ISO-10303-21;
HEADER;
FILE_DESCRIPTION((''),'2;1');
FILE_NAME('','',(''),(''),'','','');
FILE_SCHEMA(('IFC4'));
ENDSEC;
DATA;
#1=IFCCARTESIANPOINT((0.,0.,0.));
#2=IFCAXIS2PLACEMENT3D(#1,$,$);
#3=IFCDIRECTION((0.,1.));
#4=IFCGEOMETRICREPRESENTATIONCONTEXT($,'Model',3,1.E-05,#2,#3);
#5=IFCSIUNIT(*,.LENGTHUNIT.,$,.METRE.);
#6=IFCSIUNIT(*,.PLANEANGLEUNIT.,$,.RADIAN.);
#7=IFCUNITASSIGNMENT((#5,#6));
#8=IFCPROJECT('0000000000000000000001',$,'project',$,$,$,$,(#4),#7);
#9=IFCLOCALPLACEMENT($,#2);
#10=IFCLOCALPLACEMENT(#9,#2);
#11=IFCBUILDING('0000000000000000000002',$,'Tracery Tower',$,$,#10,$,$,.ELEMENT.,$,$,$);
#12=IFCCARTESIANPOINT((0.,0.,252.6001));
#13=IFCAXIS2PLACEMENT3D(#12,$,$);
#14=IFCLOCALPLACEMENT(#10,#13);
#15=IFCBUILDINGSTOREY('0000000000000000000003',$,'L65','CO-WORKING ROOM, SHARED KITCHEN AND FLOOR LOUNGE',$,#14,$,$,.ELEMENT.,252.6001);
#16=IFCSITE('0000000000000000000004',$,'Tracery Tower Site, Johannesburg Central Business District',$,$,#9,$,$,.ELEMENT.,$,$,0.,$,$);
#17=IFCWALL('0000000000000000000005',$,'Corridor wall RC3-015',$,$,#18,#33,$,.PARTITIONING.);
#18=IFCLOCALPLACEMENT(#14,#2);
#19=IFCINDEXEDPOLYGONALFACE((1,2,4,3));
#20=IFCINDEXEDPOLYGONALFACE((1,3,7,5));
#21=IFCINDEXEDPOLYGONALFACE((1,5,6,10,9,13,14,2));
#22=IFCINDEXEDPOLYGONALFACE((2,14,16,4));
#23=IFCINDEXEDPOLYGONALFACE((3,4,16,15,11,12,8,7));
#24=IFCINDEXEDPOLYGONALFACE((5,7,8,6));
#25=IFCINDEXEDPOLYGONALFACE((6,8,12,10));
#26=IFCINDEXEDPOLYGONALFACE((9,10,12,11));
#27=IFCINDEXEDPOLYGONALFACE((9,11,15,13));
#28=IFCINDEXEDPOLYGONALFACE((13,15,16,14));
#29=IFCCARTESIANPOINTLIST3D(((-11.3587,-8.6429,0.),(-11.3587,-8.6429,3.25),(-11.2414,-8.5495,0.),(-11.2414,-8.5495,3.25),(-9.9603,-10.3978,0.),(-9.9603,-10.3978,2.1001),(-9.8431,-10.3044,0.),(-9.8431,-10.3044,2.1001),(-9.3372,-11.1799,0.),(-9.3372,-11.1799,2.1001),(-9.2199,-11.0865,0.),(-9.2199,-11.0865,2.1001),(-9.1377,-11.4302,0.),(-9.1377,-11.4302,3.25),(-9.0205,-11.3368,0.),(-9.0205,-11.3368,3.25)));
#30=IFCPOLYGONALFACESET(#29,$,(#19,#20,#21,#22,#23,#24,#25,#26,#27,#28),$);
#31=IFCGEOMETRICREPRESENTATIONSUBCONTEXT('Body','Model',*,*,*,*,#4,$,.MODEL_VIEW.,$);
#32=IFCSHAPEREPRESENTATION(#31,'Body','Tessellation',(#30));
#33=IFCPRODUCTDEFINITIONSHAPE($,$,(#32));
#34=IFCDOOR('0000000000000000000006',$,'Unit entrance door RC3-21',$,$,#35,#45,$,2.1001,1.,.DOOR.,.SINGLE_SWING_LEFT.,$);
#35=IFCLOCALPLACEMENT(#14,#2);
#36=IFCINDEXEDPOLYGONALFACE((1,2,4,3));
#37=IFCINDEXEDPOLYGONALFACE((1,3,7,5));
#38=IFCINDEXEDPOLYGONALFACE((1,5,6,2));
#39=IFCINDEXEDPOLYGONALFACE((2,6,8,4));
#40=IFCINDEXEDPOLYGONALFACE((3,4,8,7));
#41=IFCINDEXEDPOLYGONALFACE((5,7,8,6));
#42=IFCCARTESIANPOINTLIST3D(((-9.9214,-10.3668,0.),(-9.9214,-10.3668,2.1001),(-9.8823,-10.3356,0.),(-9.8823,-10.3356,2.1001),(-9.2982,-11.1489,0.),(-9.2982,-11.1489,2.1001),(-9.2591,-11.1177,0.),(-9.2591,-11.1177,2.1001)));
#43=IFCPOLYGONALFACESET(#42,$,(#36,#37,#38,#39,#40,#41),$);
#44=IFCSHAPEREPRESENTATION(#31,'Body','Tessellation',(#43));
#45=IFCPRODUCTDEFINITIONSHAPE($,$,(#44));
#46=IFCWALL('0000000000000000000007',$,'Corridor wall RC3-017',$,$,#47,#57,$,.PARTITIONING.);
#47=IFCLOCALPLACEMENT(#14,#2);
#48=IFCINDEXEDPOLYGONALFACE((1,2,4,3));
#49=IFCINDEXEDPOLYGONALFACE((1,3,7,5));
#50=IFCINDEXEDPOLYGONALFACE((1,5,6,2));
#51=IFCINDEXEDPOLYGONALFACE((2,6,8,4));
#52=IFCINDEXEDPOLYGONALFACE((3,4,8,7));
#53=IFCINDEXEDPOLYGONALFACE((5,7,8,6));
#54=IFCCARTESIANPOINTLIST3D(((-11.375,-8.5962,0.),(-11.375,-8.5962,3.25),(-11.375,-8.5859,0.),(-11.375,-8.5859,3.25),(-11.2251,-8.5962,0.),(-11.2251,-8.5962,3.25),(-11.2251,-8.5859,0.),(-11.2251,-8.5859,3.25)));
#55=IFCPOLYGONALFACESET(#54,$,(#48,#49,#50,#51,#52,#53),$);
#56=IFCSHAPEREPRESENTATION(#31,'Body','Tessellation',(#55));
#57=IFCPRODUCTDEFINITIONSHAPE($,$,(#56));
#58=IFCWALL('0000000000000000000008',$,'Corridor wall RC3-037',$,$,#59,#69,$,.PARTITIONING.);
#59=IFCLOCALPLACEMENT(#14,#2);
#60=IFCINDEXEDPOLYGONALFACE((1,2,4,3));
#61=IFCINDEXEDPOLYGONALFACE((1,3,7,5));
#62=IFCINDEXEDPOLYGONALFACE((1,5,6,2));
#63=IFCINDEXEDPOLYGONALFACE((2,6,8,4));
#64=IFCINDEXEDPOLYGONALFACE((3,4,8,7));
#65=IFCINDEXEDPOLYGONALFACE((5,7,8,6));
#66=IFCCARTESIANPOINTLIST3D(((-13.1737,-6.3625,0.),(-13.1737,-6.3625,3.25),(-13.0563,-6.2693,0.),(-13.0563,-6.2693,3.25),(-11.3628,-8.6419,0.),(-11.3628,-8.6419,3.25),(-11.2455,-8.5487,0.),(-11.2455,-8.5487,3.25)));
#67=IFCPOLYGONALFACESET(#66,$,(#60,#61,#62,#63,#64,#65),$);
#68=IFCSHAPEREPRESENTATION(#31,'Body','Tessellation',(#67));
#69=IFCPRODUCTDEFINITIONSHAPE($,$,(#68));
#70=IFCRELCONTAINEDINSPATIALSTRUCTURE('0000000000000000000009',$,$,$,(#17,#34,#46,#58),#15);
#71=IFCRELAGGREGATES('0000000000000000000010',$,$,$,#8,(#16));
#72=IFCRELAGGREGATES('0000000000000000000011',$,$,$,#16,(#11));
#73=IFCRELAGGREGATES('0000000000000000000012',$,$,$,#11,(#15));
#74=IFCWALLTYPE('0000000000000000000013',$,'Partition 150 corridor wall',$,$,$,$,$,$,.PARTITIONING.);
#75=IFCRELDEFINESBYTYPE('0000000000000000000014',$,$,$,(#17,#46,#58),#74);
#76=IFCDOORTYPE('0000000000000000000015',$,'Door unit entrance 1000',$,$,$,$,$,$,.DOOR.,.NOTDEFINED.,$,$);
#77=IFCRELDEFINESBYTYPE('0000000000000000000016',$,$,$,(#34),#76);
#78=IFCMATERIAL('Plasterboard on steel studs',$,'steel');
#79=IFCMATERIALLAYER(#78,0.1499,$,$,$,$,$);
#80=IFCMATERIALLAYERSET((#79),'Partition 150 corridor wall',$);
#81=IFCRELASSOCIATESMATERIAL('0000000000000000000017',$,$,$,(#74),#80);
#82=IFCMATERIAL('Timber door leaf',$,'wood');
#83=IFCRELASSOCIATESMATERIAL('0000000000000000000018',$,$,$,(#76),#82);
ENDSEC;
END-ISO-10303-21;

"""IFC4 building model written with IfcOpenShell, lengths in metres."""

from ifc_helpers import new_model, si_unit, direction, frame, frame_2d, origin, place, context, subcontext, project, spatial, rectangle, extrude, material, layer, layer_set, type_object, element, fill, save


model = new_model("IFC4")

# Units and contexts
model_context = context("Model", 3, precision=1e-05, world=origin(), true_north=direction((0.0, 1.0)))
body_context = subcontext(model_context, "Body", "Model", "MODEL_VIEW")
ifc_project = project(units=[si_unit("LENGTHUNIT", "METRE"), si_unit("PLANEANGLEUNIT", "RADIAN")], contexts=[model_context])

# Site, building, storey
site_placement = place(None, origin())
site = spatial("IfcSite", under=ifc_project, at=site_placement, Name="Tracery Tower Site, Johannesburg Central Business District", CompositionType="ELEMENT", RefElevation=0.0)
building_placement = place(site_placement, origin())
building = spatial("IfcBuilding", under=site, at=building_placement, Name="Tracery Tower", CompositionType="ELEMENT")
storey_placement = place(building_placement, frame((0.0, 0.0, 252.6001)))
storey = spatial("IfcBuildingStorey", under=building, at=storey_placement, Name="L65", Description="CO-WORKING ROOM, SHARED KITCHEN AND FLOOR LOUNGE", CompositionType="ELEMENT", Elevation=252.6001)

# Wall, opening, door
ifc_material_1 = material(Name="Plasterboard on steel studs", Category="steel")
ifc_layer_1 = layer(ifc_material_1, 0.1499)
ifc_layer_set_1 = layer_set([ifc_layer_1], Name="Partition 150 corridor wall")
wall_type_1 = type_object("IfcWallType", Name="Partition 150 corridor wall", PredefinedType="PARTITIONING", material=ifc_layer_set_1)
wall_1_placement = place(storey_placement, frame((-11.3, -8.5962, 0.0), z_axis=(0.0, 0.0, 1.0), x_axis=(0.623165, -0.78209, 0.0)))
wall_1 = element("IfcWall", 1, at=wall_1_placement, inside=storey, type_object=wall_type_1, Name="Corridor wall RC3-015", PredefinedType="PARTITIONING", context=body_context, shape_type="SweptSolid", body=[
    extrude(rectangle(XDim=3.564, YDim=0.1499, at=frame_2d((1.782, 0.0))), origin(), (0.0, 0.0, 1.0), 3.25),
])
opening_1_placement = place(wall_1_placement, frame((2.2439, 0.0, 0.0)))
opening_1 = element("IfcOpeningElement", 2, at=opening_1_placement, cuts=wall_1, PredefinedType="OPENING", context=body_context, shape_type="SweptSolid", body=[
    extrude(rectangle(XDim=1.0, YDim=2.1001, at=frame_2d((0.5, 1.05))), frame((0.0, 0.075, 0.0), z_axis=(0.0, -1.0, 0.0), x_axis=(1.0, 0.0, 0.0)), (0.0, 0.0, 1.0), 0.1499),
])
ifc_material_2 = material(Name="Timber door leaf", Category="wood")
door_type_1 = type_object("IfcDoorType", Name="Door unit entrance 1000", OperationType="NOTDEFINED", PredefinedType="DOOR", material=ifc_material_2)
door_1_placement = place(opening_1_placement, origin())
door_1 = element("IfcDoor", 3, at=door_1_placement, inside=storey, type_object=door_type_1, Name="Unit entrance door RC3-21", OperationType="SINGLE_SWING_LEFT", OverallHeight=2.1001, OverallWidth=1.0, PredefinedType="DOOR", context=body_context, shape_type="SweptSolid", body=[
    extrude(rectangle(XDim=1.0, YDim=2.1001, at=frame_2d((0.5, 1.05))), frame((0.0, 0.0249, 0.0), z_axis=(0.0, -1.0, 0.0), x_axis=(1.0, 0.0, 0.0)), (0.0, 0.0, 1.0), 0.05),
])
fill(opening_1, door_1)

# Walls
wall_2_placement = place(storey_placement, frame((-11.3, -8.5962, 0.0), z_axis=(0.0, 0.0, 1.0), x_axis=(0.0, 1.0, 0.0)))
element("IfcWall", 4, at=wall_2_placement, inside=storey, type_object=wall_type_1, Name="Corridor wall RC3-017", PredefinedType="PARTITIONING", context=body_context, shape_type="SweptSolid", body=[
    extrude(rectangle(XDim=0.0103, YDim=0.1499, at=frame_2d((0.0051, 0.0))), origin(), (0.0, 0.0, 1.0), 3.25),
])
wall_3_placement = place(storey_placement, frame((-13.115, -6.3159, 0.0), z_axis=(0.0, 0.0, 1.0), x_axis=(0.622042, -0.782983, 0.0)))
element("IfcWall", 5, at=wall_3_placement, inside=storey, type_object=wall_type_1, Name="Corridor wall RC3-037", PredefinedType="PARTITIONING", context=body_context, shape_type="SweptSolid", body=[
    extrude(rectangle(XDim=2.9111, YDim=0.1499, at=frame_2d((1.4556, 0.0))), origin(), (0.0, 0.0, 1.0), 3.25),
])

save(model, "model.ifc")
